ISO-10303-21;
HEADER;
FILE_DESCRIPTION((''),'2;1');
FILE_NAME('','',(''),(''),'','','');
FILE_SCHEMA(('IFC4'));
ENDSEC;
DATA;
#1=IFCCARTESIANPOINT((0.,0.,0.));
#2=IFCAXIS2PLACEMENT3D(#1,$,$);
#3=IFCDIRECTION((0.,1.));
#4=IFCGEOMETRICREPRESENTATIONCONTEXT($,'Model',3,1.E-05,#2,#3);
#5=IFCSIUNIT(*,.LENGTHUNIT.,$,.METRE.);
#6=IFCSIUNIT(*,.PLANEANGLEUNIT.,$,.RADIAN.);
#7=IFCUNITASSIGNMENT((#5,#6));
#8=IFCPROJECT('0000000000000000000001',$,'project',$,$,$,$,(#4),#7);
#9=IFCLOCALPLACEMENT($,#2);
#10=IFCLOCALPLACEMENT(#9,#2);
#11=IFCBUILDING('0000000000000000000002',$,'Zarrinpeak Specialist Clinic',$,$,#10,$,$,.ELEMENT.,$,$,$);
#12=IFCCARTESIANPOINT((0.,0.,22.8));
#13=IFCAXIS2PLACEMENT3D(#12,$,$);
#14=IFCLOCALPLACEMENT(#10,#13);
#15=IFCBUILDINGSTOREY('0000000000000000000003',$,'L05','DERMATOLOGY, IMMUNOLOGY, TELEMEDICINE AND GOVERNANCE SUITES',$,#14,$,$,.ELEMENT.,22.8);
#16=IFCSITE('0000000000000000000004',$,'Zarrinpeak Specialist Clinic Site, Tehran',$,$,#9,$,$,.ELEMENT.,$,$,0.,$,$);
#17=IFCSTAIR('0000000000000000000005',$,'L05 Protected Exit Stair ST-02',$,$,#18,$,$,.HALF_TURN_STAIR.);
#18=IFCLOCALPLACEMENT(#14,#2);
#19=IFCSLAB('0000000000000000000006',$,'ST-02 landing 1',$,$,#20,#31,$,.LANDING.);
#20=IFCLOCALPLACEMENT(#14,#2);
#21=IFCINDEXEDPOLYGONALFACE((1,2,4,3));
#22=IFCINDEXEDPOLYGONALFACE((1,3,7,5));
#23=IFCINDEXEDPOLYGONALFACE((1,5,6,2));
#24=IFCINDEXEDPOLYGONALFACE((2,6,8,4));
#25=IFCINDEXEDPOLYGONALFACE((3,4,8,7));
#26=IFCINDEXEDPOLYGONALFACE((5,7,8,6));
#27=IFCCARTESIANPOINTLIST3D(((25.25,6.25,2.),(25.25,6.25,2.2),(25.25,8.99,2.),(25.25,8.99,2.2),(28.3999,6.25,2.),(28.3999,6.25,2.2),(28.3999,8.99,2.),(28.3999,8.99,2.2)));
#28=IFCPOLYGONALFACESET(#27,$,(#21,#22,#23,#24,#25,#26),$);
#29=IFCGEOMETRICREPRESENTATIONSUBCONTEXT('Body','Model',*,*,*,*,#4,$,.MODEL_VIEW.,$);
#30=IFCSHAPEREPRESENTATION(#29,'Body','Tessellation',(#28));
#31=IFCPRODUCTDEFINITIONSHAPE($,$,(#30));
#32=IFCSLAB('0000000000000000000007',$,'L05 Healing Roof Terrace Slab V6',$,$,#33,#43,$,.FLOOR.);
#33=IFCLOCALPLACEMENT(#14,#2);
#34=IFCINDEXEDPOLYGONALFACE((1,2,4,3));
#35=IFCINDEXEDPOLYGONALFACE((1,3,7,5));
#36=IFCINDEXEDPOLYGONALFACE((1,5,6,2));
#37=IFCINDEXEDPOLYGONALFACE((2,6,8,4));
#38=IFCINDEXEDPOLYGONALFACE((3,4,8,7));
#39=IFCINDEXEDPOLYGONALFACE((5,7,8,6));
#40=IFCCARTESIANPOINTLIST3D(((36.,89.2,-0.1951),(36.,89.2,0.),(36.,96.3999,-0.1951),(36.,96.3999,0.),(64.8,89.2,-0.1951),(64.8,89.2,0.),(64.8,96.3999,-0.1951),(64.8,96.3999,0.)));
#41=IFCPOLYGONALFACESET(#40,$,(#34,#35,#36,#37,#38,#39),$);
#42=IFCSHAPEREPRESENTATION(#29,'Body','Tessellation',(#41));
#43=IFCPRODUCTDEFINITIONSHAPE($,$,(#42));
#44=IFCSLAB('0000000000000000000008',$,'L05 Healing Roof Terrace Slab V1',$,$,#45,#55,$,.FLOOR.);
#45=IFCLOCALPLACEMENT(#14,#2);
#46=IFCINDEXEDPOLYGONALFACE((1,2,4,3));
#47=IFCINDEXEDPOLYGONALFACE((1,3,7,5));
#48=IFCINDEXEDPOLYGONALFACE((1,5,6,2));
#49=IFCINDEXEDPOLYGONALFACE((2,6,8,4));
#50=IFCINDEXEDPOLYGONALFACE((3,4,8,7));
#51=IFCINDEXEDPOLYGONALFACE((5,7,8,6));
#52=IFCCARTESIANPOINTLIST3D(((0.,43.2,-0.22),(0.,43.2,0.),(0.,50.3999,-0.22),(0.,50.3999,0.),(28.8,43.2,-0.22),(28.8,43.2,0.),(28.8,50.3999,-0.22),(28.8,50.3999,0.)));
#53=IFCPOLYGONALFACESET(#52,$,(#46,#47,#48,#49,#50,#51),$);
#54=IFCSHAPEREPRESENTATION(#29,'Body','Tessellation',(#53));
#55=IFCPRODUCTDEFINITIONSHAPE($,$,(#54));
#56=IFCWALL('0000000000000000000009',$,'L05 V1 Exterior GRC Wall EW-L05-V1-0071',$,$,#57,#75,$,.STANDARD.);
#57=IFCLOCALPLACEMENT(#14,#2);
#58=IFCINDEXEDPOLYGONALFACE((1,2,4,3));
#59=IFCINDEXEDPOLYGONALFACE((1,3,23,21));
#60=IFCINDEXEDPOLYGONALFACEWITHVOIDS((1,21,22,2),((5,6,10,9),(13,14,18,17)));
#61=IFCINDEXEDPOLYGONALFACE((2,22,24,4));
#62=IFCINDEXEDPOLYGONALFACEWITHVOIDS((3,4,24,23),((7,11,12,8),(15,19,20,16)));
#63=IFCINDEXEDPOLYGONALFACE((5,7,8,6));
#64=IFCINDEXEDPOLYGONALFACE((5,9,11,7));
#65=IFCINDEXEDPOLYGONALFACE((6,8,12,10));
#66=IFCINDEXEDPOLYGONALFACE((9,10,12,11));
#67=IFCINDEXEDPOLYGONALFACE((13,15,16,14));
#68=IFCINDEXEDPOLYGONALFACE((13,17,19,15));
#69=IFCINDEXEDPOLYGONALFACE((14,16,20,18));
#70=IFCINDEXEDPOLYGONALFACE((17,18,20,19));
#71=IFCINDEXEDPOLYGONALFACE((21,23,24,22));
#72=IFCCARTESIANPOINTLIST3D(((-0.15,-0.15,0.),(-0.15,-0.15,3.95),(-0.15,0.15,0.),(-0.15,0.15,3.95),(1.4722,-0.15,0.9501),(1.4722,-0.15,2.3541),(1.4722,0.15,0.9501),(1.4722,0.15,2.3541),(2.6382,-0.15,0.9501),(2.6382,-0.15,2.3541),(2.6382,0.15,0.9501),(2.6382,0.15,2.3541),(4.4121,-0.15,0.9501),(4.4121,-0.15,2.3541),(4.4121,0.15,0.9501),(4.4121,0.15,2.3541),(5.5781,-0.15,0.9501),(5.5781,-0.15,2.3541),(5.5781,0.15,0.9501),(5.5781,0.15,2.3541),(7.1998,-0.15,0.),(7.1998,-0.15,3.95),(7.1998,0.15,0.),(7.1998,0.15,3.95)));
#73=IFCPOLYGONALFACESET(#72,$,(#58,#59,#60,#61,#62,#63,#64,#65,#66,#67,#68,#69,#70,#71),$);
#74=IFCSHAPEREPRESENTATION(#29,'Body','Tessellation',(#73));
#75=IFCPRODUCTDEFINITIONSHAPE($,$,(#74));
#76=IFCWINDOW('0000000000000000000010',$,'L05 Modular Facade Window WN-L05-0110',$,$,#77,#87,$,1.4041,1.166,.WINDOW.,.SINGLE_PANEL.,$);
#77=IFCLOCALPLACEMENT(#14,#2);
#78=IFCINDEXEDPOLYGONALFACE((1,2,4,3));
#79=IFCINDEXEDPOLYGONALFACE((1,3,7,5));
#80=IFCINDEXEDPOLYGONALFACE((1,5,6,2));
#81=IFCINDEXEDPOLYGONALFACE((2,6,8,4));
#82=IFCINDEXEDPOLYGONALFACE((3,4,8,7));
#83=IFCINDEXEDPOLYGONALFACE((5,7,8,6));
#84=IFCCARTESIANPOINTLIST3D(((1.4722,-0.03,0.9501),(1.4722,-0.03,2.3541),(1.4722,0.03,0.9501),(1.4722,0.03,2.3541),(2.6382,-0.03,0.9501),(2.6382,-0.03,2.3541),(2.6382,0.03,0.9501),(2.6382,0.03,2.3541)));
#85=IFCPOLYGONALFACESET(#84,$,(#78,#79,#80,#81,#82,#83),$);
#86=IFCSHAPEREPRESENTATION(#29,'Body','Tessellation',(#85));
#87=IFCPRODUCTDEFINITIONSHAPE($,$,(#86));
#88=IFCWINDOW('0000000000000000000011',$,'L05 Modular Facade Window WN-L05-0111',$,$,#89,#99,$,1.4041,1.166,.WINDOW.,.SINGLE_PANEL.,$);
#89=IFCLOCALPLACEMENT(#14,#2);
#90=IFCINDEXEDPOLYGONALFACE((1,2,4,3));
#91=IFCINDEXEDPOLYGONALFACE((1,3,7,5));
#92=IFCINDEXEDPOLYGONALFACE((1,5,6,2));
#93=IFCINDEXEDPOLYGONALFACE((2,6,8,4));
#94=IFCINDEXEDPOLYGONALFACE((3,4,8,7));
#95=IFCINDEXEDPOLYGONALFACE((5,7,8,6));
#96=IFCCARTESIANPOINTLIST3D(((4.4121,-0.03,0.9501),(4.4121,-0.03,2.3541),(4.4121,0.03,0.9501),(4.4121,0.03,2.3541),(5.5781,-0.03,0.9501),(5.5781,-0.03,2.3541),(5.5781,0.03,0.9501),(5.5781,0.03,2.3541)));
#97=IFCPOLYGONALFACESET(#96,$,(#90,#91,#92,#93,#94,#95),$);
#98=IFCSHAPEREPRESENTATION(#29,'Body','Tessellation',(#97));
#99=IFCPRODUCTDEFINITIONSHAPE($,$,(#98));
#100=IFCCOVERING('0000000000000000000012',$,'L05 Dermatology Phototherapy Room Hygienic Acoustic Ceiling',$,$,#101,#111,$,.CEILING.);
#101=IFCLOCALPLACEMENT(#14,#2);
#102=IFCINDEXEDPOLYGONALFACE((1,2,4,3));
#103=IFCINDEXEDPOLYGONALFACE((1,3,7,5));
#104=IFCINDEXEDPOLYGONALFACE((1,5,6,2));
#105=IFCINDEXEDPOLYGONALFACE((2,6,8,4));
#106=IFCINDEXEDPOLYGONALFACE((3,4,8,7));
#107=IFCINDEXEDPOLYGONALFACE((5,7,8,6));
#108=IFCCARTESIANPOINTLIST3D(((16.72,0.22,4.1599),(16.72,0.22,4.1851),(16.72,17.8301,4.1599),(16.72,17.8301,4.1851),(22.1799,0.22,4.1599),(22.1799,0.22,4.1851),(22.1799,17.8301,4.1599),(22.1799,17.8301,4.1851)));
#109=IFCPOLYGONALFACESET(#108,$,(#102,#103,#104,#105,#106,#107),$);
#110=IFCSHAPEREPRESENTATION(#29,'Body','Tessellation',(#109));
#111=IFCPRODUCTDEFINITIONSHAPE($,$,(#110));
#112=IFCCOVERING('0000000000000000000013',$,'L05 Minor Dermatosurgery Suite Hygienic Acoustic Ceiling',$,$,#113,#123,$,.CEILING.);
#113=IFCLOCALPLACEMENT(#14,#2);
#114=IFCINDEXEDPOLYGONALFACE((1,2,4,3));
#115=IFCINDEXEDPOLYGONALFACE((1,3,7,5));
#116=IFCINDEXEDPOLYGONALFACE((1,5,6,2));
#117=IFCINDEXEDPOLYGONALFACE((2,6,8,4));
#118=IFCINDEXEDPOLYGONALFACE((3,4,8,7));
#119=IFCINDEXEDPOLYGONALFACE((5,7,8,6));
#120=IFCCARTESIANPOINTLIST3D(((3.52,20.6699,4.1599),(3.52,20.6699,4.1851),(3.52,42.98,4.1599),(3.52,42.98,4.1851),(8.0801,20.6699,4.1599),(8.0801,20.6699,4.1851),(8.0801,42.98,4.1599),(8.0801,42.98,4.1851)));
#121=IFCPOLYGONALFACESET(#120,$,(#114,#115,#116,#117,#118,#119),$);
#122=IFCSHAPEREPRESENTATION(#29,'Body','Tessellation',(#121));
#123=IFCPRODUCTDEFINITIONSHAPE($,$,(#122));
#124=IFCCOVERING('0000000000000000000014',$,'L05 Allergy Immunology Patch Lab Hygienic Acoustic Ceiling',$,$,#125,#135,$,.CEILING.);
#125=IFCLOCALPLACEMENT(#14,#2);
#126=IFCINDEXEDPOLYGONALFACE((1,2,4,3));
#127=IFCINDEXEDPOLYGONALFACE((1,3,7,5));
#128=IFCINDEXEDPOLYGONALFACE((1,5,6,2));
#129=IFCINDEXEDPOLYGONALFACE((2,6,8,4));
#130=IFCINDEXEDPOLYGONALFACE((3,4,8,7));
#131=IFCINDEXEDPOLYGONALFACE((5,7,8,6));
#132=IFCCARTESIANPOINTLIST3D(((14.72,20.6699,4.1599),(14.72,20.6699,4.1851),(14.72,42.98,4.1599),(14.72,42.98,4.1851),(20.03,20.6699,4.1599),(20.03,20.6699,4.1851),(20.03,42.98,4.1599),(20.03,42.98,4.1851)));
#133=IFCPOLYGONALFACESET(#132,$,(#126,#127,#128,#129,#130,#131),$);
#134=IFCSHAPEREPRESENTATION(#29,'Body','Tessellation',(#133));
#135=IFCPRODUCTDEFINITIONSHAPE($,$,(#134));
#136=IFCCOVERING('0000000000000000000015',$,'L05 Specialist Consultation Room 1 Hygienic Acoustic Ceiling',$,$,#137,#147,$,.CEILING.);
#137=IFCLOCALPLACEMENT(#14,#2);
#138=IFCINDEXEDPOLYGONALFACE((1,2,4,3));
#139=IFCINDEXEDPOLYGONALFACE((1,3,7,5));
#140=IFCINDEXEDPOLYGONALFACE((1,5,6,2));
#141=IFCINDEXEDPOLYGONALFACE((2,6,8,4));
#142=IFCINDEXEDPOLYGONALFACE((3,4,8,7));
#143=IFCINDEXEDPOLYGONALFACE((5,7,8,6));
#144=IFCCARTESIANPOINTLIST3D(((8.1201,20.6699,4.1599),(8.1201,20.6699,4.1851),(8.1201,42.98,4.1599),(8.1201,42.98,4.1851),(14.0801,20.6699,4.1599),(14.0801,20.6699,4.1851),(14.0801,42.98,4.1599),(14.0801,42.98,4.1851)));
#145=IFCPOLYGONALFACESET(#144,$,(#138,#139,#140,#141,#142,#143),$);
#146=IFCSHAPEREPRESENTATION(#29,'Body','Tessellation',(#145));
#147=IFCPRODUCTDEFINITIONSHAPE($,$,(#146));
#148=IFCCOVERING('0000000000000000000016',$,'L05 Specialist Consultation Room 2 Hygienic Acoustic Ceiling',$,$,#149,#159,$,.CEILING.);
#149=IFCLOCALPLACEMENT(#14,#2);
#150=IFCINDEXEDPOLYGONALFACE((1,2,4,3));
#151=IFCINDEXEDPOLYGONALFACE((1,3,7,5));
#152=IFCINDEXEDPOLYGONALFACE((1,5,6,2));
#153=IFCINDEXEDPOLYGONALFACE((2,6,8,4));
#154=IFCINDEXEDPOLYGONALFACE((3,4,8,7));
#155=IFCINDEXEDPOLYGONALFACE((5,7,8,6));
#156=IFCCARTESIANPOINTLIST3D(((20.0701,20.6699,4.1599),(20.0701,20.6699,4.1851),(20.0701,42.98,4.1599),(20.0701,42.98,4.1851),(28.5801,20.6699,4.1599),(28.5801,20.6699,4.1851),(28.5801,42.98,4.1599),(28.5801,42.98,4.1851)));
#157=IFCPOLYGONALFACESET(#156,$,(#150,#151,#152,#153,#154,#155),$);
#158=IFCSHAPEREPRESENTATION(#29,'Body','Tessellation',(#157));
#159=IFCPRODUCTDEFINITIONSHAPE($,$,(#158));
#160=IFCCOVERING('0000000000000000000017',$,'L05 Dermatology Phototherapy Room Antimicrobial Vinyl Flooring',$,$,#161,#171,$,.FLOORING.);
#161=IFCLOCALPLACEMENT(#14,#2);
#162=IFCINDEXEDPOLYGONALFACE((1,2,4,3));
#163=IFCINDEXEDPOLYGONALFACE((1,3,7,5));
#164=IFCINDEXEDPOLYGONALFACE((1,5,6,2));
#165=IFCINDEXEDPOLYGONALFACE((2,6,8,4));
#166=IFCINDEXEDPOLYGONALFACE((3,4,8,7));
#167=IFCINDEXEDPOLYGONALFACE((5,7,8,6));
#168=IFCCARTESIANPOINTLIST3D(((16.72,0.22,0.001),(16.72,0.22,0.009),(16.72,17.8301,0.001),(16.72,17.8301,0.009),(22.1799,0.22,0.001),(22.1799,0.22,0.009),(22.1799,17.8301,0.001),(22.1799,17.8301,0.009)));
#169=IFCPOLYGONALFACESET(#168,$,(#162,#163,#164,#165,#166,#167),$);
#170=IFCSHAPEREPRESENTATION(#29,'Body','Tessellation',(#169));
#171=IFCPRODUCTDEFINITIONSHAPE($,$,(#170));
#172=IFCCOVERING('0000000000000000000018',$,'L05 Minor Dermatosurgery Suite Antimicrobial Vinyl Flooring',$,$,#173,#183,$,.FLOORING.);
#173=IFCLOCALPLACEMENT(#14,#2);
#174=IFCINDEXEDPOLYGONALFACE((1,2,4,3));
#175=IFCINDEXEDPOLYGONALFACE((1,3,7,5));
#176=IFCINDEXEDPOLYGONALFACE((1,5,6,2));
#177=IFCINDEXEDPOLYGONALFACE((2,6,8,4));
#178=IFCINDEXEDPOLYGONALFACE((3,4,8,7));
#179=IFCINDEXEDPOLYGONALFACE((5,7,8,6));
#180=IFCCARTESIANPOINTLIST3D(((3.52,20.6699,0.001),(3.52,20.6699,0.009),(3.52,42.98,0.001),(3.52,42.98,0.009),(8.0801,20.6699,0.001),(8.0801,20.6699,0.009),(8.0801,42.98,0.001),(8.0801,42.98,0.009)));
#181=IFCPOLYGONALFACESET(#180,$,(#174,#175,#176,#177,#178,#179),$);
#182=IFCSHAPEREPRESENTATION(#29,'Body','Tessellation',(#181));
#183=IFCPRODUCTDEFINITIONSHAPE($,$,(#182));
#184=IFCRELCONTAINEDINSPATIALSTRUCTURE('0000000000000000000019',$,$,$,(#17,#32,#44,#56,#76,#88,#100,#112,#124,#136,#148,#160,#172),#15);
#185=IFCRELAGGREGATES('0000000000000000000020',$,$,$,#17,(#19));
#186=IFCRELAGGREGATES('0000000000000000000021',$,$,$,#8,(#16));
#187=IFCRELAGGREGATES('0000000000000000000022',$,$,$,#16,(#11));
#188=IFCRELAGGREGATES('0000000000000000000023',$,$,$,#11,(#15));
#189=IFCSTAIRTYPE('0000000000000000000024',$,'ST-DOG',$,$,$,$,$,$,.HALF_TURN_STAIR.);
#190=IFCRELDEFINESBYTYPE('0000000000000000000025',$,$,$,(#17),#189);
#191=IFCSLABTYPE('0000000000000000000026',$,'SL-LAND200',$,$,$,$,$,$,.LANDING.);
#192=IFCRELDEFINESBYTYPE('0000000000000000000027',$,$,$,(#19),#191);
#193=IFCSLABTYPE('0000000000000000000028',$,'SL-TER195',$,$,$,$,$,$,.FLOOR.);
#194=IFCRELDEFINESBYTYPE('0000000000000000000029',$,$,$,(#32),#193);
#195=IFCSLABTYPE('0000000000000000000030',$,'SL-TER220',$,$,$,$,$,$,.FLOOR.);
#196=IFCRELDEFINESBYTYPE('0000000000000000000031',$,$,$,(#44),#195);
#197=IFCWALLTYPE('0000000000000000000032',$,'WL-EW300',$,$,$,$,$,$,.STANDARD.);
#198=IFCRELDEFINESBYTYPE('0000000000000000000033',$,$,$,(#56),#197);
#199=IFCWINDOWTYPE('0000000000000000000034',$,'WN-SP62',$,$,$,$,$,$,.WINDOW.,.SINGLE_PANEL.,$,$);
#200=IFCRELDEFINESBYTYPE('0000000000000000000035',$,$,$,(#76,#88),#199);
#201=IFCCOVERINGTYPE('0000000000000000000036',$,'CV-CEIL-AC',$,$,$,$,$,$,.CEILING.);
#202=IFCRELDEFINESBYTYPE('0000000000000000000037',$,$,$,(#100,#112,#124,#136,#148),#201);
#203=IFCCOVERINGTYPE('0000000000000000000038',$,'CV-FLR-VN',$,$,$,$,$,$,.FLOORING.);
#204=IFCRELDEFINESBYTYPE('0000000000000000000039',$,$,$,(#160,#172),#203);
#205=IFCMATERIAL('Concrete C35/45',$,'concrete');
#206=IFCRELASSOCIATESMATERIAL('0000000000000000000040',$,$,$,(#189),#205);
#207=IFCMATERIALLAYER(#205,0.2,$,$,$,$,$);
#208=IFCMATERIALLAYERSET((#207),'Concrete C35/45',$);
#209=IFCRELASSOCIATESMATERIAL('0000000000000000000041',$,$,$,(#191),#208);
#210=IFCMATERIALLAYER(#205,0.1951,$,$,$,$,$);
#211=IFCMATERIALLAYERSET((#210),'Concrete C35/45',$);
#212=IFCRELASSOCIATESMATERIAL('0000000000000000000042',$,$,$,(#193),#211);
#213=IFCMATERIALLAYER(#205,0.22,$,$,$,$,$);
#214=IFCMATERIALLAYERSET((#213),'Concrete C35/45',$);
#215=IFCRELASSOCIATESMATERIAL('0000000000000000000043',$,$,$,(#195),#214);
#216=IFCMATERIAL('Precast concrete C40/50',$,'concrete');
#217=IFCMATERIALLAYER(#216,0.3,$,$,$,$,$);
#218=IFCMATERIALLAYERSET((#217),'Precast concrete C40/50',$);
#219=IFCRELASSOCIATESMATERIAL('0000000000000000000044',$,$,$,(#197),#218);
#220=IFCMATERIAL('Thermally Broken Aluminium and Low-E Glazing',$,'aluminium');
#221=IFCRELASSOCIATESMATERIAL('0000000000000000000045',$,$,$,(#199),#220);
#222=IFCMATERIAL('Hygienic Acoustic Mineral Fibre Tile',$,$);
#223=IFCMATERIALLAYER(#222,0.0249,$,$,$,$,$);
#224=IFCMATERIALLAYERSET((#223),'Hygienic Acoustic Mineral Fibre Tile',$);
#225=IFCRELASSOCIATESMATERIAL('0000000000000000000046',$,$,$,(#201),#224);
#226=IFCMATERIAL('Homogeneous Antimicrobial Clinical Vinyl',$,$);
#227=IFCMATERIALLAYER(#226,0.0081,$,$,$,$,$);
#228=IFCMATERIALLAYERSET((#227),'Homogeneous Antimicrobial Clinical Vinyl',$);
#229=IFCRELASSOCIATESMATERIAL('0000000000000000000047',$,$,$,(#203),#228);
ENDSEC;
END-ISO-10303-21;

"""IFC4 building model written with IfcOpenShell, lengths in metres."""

from ifc_helpers import new_model, si_unit, direction, frame, frame_2d, origin, place, context, subcontext, project, spatial, polyline, rectangle, outline, extrude, material, layer, layer_set, type_object, element, fill, aggregate, save


model = new_model("IFC4")

# Units and contexts
model_context = context("Model", 3, precision=1e-05, world=origin(), true_north=direction((0.0, 1.0)))
body_context = subcontext(model_context, "Body", "Model", "MODEL_VIEW")
ifc_project = project(units=[si_unit("LENGTHUNIT", "METRE"), si_unit("PLANEANGLEUNIT", "RADIAN")], contexts=[model_context])

# Site, building, storey
site_placement = place(None, origin())
site = spatial("IfcSite", under=ifc_project, at=site_placement, Name="Zarrinpeak Specialist Clinic Site, Tehran", CompositionType="ELEMENT", RefElevation=0.0)
building_placement = place(site_placement, origin())
building = spatial("IfcBuilding", under=site, at=building_placement, Name="Zarrinpeak Specialist Clinic", CompositionType="ELEMENT")
storey_placement = place(building_placement, frame((0.0, 0.0, 22.8)))
storey = spatial("IfcBuildingStorey", under=building, at=storey_placement, Name="L05", Description="DERMATOLOGY, IMMUNOLOGY, TELEMEDICINE AND GOVERNANCE SUITES", CompositionType="ELEMENT", Elevation=22.8)

# Shared definitions
ifc_material_1 = material(Name="Concrete C35/45", Category="concrete")

# Stair, slab
stair_type = type_object("IfcStairType", Name="ST-DOG", PredefinedType="HALF_TURN_STAIR", material=ifc_material_1)
ifc_layer_1 = layer(ifc_material_1, 0.2)
ifc_layer_set_1 = layer_set([ifc_layer_1], Name="Concrete C35/45")
slab_type_1 = type_object("IfcSlabType", Name="SL-LAND200", PredefinedType="LANDING", material=ifc_layer_set_1)
stair_1_placement = place(storey_placement, origin())
stair_1 = element("IfcStair", 1, at=stair_1_placement, inside=storey, type_object=stair_type, Name="L05 Protected Exit Stair ST-02", PredefinedType="HALF_TURN_STAIR")
slab_1_placement = place(storey_placement, frame((0.0, 0.0, 2.0)))
slab_1 = element("IfcSlab", 2, at=slab_1_placement, type_object=slab_type_1, Name="ST-02 landing 1", PredefinedType="LANDING", context=body_context, shape_type="SweptSolid", body=[
    extrude(outline(polyline([(25.25, 8.99), (25.25, 6.25), (28.3999, 6.25), (28.3999, 8.99), (25.25, 8.99)])), origin(), (0.0, 0.0, 1.0), 0.2),
])
aggregate(stair_1, [slab_1])

# Slabs
ifc_layer_2 = layer(ifc_material_1, 0.1951)
ifc_layer_set_2 = layer_set([ifc_layer_2], Name="Concrete C35/45")
slab_type_2 = type_object("IfcSlabType", Name="SL-TER195", PredefinedType="FLOOR", material=ifc_layer_set_2)
slab_2_placement = place(storey_placement, frame((0.0, 0.0, -0.1951)))
element("IfcSlab", 3, at=slab_2_placement, inside=storey, type_object=slab_type_2, Name="L05 Healing Roof Terrace Slab V6", PredefinedType="FLOOR", context=body_context, shape_type="SweptSolid", body=[
    extrude(outline(polyline([(36.0, 89.2), (64.8, 89.2), (64.8, 96.3999), (36.0, 96.3999), (36.0, 89.2)])), origin(), (0.0, 0.0, 1.0), 0.1951),
])
ifc_layer_3 = layer(ifc_material_1, 0.22)
ifc_layer_set_3 = layer_set([ifc_layer_3], Name="Concrete C35/45")
slab_type_3 = type_object("IfcSlabType", Name="SL-TER220", PredefinedType="FLOOR", material=ifc_layer_set_3)
slab_3_placement = place(storey_placement, frame((0.0, 0.0, -0.22)))
element("IfcSlab", 4, at=slab_3_placement, inside=storey, type_object=slab_type_3, Name="L05 Healing Roof Terrace Slab V1", PredefinedType="FLOOR", context=body_context, shape_type="SweptSolid", body=[
    extrude(outline(polyline([(0.0, 43.2), (28.8, 43.2), (28.8, 50.3999), (0.0, 50.3999), (0.0, 43.2)])), origin(), (0.0, 0.0, 1.0), 0.22),
])

# Wall, openings, windows
ifc_material_2 = material(Name="Precast concrete C40/50", Category="concrete")
ifc_layer_4 = layer(ifc_material_2, 0.3)
ifc_layer_set_4 = layer_set([ifc_layer_4], Name="Precast concrete C40/50")
wall_type = type_object("IfcWallType", Name="WL-EW300", PredefinedType="STANDARD", material=ifc_layer_set_4)
wall_placement = place(storey_placement, frame((-0.1499, 0.0, 0.0), z_axis=(0.0, 0.0, 1.0), x_axis=(1.0, 0.0, 0.0)))
wall = element("IfcWall", 5, at=wall_placement, inside=storey, type_object=wall_type, Name="L05 V1 Exterior GRC Wall EW-L05-V1-0071", PredefinedType="STANDARD", context=body_context, shape_type="SweptSolid", body=[
    extrude(rectangle(XDim=7.3499, YDim=0.3, at=frame_2d((3.6748, 0.0))), origin(), (0.0, 0.0, 1.0), 3.95),
])
opening_1_placement = place(wall_placement, frame((1.6221, 0.0, 0.95)))
opening_1 = element("IfcOpeningElement", 6, at=opening_1_placement, cuts=wall, PredefinedType="OPENING", context=body_context, shape_type="SweptSolid", body=[
    extrude(rectangle(XDim=1.166, YDim=1.4041, at=frame_2d((0.583, 0.7021))), frame((0.0, 0.1602, 0.0), z_axis=(0.0, -1.0, 0.0), x_axis=(1.0, 0.0, 0.0)), (0.0, 0.0, 1.0), 0.3201),
])
opening_2_placement = place(wall_placement, frame((4.562, 0.0, 0.95)))
opening_2 = element("IfcOpeningElement", 7, at=opening_2_placement, cuts=wall, PredefinedType="OPENING", context=body_context, shape_type="SweptSolid", body=[
    extrude(rectangle(XDim=1.166, YDim=1.4041, at=frame_2d((0.583, 0.7021))), frame((0.0, 0.1602, 0.0), z_axis=(0.0, -1.0, 0.0), x_axis=(1.0, 0.0, 0.0)), (0.0, 0.0, 1.0), 0.3201),
])
ifc_material_3 = material(Name="Thermally Broken Aluminium and Low-E Glazing", Category="aluminium")
window_type = type_object("IfcWindowType", Name="WN-SP62", PartitioningType="SINGLE_PANEL", PredefinedType="WINDOW", material=ifc_material_3)
window_1_placement = place(opening_1_placement, origin())
window_1 = element("IfcWindow", 8, at=window_1_placement, inside=storey, type_object=window_type, Name="L05 Modular Facade Window WN-L05-0110", OverallHeight=1.4041, OverallWidth=1.166, PartitioningType="SINGLE_PANEL", PredefinedType="WINDOW", context=body_context, shape_type="SweptSolid", body=[
    extrude(rectangle(XDim=1.166, YDim=1.4041, at=frame_2d((0.583, 0.7021))), frame((0.0, 0.03, 0.0), z_axis=(0.0, -1.0, 0.0), x_axis=(1.0, 0.0, 0.0)), (0.0, 0.0, 1.0), 0.0601),
])
fill(opening_1, window_1)
window_2_placement = place(opening_2_placement, origin())
window_2 = element("IfcWindow", 9, at=window_2_placement, inside=storey, type_object=window_type, Name="L05 Modular Facade Window WN-L05-0111", OverallHeight=1.4041, OverallWidth=1.166, PartitioningType="SINGLE_PANEL", PredefinedType="WINDOW", context=body_context, shape_type="SweptSolid", body=[
    extrude(rectangle(XDim=1.166, YDim=1.4041, at=frame_2d((0.583, 0.7021))), frame((0.0, 0.03, 0.0), z_axis=(0.0, -1.0, 0.0), x_axis=(1.0, 0.0, 0.0)), (0.0, 0.0, 1.0), 0.0601),
])
fill(opening_2, window_2)

# Coverings
ifc_material_4 = material(Name="Hygienic Acoustic Mineral Fibre Tile")
ifc_layer_5 = layer(ifc_material_4, 0.0249)
ifc_layer_set_5 = layer_set([ifc_layer_5], Name="Hygienic Acoustic Mineral Fibre Tile")
covering_type_1 = type_object("IfcCoveringType", Name="CV-CEIL-AC", PredefinedType="CEILING", material=ifc_layer_set_5)
covering_1_placement = place(storey_placement, frame((0.0, 0.0, 4.1599)))
element("IfcCovering", 10, at=covering_1_placement, inside=storey, type_object=covering_type_1, Name="L05 Dermatology Phototherapy Room Hygienic Acoustic Ceiling", PredefinedType="CEILING", context=body_context, shape_type="SweptSolid", body=[
    extrude(outline(polyline([(16.72, 0.22), (22.1799, 0.22), (22.1799, 17.8301), (16.72, 17.8301), (16.72, 0.22)])), origin(), (0.0, 0.0, 1.0), 0.0251),
])
covering_2_placement = place(storey_placement, frame((0.0, 0.0, 4.1599)))
element("IfcCovering", 11, at=covering_2_placement, inside=storey, type_object=covering_type_1, Name="L05 Minor Dermatosurgery Suite Hygienic Acoustic Ceiling", PredefinedType="CEILING", context=body_context, shape_type="SweptSolid", body=[
    extrude(outline(polyline([(3.52, 20.6699), (8.0801, 20.6699), (8.0801, 42.98), (3.52, 42.98), (3.52, 20.6699)])), origin(), (0.0, 0.0, 1.0), 0.0251),
])
covering_3_placement = place(storey_placement, frame((0.0, 0.0, 4.1599)))
element("IfcCovering", 12, at=covering_3_placement, inside=storey, type_object=covering_type_1, Name="L05 Allergy Immunology Patch Lab Hygienic Acoustic Ceiling", PredefinedType="CEILING", context=body_context, shape_type="SweptSolid", body=[
    extrude(outline(polyline([(14.72, 20.6699), (20.03, 20.6699), (20.03, 42.98), (14.72, 42.98), (14.72, 20.6699)])), origin(), (0.0, 0.0, 1.0), 0.0251),
])
covering_4_placement = place(storey_placement, frame((0.0, 0.0, 4.1599)))
element("IfcCovering", 13, at=covering_4_placement, inside=storey, type_object=covering_type_1, Name="L05 Specialist Consultation Room 1 Hygienic Acoustic Ceiling", PredefinedType="CEILING", context=body_context, shape_type="SweptSolid", body=[
    extrude(outline(polyline([(8.1201, 20.6699), (14.0801, 20.6699), (14.0801, 42.98), (8.1201, 42.98), (8.1201, 20.6699)])), origin(), (0.0, 0.0, 1.0), 0.0251),
])
covering_5_placement = place(storey_placement, frame((0.0, 0.0, 4.1599)))
element("IfcCovering", 14, at=covering_5_placement, inside=storey, type_object=covering_type_1, Name="L05 Specialist Consultation Room 2 Hygienic Acoustic Ceiling", PredefinedType="CEILING", context=body_context, shape_type="SweptSolid", body=[
    extrude(outline(polyline([(20.0701, 20.6699), (28.5801, 20.6699), (28.5801, 42.98), (20.0701, 42.98), (20.0701, 20.6699)])), origin(), (0.0, 0.0, 1.0), 0.0251),
])
ifc_material_5 = material(Name="Homogeneous Antimicrobial Clinical Vinyl")
ifc_layer_6 = layer(ifc_material_5, 0.0081)
ifc_layer_set_6 = layer_set([ifc_layer_6], Name="Homogeneous Antimicrobial Clinical Vinyl")
covering_type_2 = type_object("IfcCoveringType", Name="CV-FLR-VN", PredefinedType="FLOORING", material=ifc_layer_set_6)
covering_6_placement = place(storey_placement, frame((0.0, 0.0, 0.001)))
element("IfcCovering", 15, at=covering_6_placement, inside=storey, type_object=covering_type_2, Name="L05 Dermatology Phototherapy Room Antimicrobial Vinyl Flooring", PredefinedType="FLOORING", context=body_context, shape_type="SweptSolid", body=[
    extrude(outline(polyline([(16.72, 0.22), (22.1799, 0.22), (22.1799, 17.8301), (16.72, 17.8301), (16.72, 0.22)])), origin(), (0.0, 0.0, 1.0), 0.0081),
])
covering_7_placement = place(storey_placement, frame((0.0, 0.0, 0.001)))
element("IfcCovering", 16, at=covering_7_placement, inside=storey, type_object=covering_type_2, Name="L05 Minor Dermatosurgery Suite Antimicrobial Vinyl Flooring", PredefinedType="FLOORING", context=body_context, shape_type="SweptSolid", body=[
    extrude(outline(polyline([(3.52, 20.6699), (8.0801, 20.6699), (8.0801, 42.98), (3.52, 42.98), (3.52, 20.6699)])), origin(), (0.0, 0.0, 1.0), 0.0081),
])

save(model, "model.ifc")
